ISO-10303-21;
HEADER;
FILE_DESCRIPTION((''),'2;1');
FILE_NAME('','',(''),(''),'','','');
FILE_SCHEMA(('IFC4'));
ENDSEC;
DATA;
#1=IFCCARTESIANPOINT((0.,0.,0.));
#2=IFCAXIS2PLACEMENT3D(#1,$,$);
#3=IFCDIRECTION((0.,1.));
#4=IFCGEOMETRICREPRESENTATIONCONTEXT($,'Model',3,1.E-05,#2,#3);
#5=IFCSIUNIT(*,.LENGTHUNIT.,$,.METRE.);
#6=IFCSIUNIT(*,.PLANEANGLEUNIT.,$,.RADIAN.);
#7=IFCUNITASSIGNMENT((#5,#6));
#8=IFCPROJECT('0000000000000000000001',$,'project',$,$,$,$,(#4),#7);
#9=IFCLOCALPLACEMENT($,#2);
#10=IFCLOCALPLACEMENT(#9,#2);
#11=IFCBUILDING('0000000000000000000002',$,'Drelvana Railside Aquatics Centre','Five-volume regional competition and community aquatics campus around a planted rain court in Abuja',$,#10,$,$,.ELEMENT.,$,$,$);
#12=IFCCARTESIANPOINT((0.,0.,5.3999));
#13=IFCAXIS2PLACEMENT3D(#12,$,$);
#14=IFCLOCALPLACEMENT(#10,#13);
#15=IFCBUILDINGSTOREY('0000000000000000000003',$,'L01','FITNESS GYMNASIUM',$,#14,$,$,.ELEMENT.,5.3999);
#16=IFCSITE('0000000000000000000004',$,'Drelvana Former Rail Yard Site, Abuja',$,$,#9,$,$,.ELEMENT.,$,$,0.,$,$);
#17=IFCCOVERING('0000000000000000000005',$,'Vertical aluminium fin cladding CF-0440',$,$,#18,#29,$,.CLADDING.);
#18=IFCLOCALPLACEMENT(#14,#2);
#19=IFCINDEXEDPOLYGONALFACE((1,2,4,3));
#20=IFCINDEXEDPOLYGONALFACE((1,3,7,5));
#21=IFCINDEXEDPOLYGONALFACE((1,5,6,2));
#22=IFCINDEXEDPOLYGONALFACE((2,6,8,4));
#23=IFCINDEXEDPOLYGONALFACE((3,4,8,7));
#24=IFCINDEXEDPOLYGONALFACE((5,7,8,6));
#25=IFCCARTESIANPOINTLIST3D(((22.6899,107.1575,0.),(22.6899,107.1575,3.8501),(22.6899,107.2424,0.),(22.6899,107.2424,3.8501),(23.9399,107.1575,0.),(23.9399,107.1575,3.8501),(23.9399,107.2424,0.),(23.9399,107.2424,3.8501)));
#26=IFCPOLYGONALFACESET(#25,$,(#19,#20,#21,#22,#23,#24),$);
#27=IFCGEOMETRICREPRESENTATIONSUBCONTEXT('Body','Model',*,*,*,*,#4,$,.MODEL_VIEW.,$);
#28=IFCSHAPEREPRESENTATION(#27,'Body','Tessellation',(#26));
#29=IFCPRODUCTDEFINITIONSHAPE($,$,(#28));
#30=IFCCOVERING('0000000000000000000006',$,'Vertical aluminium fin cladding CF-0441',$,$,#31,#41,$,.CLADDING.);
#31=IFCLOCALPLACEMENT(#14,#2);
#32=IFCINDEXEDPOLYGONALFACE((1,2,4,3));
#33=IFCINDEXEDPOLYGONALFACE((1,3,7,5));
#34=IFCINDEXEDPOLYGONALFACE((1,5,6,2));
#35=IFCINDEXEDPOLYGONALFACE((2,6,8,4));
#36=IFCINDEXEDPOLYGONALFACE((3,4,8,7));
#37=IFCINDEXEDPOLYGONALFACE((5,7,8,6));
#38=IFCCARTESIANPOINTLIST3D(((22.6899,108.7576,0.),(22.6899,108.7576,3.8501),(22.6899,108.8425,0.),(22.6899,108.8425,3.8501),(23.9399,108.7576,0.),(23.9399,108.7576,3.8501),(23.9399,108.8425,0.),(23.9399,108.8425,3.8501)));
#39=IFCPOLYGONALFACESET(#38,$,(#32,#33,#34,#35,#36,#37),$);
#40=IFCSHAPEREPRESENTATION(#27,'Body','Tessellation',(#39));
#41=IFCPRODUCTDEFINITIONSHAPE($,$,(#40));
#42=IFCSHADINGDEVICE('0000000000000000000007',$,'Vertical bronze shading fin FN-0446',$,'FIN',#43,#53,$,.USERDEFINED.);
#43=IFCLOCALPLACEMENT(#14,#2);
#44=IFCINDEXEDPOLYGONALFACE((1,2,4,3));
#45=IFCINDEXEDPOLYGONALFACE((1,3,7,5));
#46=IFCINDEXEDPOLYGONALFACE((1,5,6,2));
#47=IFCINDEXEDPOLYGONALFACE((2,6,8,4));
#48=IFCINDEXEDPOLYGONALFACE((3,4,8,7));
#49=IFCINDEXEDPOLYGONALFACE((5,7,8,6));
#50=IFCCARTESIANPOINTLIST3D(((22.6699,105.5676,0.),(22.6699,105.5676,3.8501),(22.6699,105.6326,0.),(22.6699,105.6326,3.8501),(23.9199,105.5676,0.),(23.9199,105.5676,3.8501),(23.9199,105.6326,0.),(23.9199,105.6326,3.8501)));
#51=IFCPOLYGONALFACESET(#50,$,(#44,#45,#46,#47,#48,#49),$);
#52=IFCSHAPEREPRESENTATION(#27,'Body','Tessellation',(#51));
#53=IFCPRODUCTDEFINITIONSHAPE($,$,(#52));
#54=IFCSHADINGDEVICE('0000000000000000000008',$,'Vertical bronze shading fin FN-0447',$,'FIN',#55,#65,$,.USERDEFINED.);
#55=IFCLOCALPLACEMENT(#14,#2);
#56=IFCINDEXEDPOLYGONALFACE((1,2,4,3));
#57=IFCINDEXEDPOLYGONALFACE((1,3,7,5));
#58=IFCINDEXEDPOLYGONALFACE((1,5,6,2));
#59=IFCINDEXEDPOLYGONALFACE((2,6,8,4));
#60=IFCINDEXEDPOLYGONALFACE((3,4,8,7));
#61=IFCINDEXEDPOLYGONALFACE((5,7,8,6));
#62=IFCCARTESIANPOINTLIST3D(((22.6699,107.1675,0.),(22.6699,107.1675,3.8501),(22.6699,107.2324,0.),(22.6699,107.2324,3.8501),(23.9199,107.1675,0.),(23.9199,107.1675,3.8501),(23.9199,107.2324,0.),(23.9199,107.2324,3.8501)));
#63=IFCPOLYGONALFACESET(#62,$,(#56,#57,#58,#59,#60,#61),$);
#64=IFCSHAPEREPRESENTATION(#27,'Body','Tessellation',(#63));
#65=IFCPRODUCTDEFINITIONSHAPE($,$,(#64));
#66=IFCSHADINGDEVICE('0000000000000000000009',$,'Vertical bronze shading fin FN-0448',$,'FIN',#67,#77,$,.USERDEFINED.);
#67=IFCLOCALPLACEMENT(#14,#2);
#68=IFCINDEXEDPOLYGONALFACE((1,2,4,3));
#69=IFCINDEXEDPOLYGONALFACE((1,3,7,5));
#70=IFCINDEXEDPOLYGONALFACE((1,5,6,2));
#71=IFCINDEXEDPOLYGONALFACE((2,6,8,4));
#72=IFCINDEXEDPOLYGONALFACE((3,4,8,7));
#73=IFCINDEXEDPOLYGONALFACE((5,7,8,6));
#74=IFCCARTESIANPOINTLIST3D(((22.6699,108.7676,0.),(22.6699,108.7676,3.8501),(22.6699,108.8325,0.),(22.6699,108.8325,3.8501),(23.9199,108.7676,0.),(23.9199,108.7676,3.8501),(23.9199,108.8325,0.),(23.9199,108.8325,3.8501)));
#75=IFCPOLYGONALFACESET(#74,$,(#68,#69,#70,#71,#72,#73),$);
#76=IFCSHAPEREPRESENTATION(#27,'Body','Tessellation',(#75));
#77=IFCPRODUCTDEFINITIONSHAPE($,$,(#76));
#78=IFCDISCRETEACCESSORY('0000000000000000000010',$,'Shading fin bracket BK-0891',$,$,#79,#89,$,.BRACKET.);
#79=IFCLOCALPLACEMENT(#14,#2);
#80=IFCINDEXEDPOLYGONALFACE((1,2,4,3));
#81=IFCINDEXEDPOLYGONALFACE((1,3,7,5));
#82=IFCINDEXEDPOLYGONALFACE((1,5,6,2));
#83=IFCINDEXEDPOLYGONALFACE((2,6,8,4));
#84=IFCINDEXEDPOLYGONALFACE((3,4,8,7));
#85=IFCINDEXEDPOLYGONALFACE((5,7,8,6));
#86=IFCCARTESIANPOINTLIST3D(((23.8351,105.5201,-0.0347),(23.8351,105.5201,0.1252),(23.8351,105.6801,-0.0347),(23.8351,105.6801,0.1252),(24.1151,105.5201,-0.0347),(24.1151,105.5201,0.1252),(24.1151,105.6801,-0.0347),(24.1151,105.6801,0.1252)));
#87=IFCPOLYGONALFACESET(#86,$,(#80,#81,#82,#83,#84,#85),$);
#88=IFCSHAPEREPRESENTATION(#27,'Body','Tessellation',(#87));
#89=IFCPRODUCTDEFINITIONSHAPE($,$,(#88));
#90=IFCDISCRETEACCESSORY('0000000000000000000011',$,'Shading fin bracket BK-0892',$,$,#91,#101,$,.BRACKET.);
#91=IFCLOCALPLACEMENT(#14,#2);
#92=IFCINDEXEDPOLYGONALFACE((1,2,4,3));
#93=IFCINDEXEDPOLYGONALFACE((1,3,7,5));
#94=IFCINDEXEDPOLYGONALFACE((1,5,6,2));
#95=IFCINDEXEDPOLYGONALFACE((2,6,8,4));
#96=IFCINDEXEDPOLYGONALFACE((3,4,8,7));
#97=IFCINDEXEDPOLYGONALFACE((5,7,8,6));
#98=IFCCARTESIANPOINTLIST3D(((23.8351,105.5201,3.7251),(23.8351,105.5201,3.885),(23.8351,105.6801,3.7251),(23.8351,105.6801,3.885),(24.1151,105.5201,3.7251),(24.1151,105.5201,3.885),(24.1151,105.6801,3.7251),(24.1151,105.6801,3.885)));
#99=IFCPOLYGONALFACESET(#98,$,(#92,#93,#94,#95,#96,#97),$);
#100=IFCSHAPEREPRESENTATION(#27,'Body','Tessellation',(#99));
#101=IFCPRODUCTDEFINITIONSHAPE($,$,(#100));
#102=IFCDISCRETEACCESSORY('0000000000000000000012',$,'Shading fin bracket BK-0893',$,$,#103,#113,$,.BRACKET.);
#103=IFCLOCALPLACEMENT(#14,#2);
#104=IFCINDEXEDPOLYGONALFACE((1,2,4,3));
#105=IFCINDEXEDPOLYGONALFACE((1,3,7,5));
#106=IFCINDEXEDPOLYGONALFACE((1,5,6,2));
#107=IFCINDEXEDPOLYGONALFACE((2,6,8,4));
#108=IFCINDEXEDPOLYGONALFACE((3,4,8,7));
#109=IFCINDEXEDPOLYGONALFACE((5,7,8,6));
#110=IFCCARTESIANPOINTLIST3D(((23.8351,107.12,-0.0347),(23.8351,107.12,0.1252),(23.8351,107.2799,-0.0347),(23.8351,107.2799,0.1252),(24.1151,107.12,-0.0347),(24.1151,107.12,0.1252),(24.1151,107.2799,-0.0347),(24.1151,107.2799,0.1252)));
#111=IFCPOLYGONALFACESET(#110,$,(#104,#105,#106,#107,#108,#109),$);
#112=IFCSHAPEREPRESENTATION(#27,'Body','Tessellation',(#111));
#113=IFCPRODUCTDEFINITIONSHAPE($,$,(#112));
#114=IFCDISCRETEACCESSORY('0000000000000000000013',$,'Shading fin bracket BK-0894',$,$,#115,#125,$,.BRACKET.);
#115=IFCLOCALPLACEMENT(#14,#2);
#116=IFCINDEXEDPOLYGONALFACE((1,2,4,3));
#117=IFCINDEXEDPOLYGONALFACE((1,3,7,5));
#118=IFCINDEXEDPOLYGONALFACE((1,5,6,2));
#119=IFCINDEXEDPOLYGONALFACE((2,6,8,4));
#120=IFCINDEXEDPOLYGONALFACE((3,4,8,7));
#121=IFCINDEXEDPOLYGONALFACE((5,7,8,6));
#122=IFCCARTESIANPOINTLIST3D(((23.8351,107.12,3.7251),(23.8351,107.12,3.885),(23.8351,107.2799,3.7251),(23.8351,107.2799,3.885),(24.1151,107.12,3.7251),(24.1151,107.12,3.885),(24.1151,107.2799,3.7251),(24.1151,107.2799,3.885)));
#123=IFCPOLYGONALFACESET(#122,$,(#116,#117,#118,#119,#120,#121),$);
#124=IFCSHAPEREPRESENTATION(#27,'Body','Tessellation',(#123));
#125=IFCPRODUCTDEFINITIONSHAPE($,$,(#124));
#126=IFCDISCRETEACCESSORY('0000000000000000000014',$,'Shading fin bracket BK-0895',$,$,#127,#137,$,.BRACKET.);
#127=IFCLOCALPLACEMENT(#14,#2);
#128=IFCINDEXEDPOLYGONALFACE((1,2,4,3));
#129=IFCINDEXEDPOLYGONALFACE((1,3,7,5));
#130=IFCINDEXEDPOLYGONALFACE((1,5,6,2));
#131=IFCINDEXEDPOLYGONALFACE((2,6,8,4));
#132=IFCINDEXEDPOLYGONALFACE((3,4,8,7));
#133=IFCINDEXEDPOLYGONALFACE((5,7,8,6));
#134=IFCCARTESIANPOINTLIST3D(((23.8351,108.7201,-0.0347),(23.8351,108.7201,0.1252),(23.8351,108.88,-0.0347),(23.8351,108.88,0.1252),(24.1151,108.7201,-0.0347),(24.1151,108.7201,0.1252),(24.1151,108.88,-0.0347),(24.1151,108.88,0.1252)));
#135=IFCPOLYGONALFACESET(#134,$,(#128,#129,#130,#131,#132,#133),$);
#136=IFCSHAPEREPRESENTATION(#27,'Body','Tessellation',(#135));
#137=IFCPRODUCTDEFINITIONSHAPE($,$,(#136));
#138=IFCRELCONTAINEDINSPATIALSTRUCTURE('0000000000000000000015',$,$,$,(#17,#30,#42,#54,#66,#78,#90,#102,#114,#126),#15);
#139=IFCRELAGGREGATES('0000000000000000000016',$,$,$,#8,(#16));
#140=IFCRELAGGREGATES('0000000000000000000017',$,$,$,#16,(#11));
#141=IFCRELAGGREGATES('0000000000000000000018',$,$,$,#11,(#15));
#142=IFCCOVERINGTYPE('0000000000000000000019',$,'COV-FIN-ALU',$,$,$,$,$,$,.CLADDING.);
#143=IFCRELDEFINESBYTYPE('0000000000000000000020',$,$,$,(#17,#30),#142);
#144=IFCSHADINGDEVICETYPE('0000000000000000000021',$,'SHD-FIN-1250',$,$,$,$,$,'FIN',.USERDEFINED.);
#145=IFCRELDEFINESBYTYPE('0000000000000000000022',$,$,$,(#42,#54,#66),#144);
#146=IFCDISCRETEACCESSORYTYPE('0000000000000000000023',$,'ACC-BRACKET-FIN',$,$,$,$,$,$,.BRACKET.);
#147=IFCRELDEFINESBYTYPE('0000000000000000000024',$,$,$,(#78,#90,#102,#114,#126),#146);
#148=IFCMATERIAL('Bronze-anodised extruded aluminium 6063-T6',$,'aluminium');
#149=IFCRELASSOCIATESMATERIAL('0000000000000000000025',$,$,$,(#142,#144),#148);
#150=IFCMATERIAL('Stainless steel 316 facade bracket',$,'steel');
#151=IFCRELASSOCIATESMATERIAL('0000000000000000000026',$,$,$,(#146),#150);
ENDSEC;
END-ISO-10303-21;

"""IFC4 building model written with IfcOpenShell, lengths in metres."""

from ifc_helpers import new_model, si_unit, direction, frame, origin, origin_2d, place, context, subcontext, project, spatial, rectangle, extrude, material, type_object, element, save


model = new_model("IFC4")

# Units and contexts
model_context = context("Model", 3, precision=1e-05, world=origin(), true_north=direction((0.0, 1.0)))
body_context = subcontext(model_context, "Body", "Model", "MODEL_VIEW")
ifc_project = project(units=[si_unit("LENGTHUNIT", "METRE"), si_unit("PLANEANGLEUNIT", "RADIAN")], contexts=[model_context])

# Site, building, storey
site_placement = place(None, origin())
site = spatial("IfcSite", under=ifc_project, at=site_placement, Name="Drelvana Former Rail Yard Site, Abuja", CompositionType="ELEMENT", RefElevation=0.0)
building_placement = place(site_placement, origin())
building = spatial("IfcBuilding", under=site, at=building_placement, Name="Drelvana Railside Aquatics Centre", Description="Five-volume regional competition and community aquatics campus around a planted rain court in Abuja", CompositionType="ELEMENT")
storey_placement = place(building_placement, frame((0.0, 0.0, 5.3999)))
storey = spatial("IfcBuildingStorey", under=building, at=storey_placement, Name="L01", Description="FITNESS GYMNASIUM", CompositionType="ELEMENT", Elevation=5.3999)

# Coverings
ifc_material_1 = material(Name="Bronze-anodised extruded aluminium 6063-T6", Category="aluminium")
covering_type = type_object("IfcCoveringType", Name="COV-FIN-ALU", PredefinedType="CLADDING", material=ifc_material_1)
for number, where, z_axis, x_axis, name in (
    (1, (23.3149, 107.2, 0.0), (0.0, 0.0, 1.0), (0.0, 1.0, 0.0), "Vertical aluminium fin cladding CF-0440"),
    (2, (23.3149, 108.8, 0.0), (0.0, 0.0, 1.0), (0.0, 1.0, 0.0), "Vertical aluminium fin cladding CF-0441"),
):
    element("IfcCovering", number, at=place(storey_placement, frame(where, z_axis=z_axis, x_axis=x_axis)), inside=storey, type_object=covering_type, Name=name, PredefinedType="CLADDING", context=body_context, shape_type="SweptSolid", body=[
        extrude(rectangle(XDim=0.085, YDim=1.25, at=origin_2d()), origin(), (0.0, 0.0, 1.0), 3.8501),
    ])

# Shading devices
shading_device_type = type_object("IfcShadingDeviceType", Name="SHD-FIN-1250", ElementType="FIN", PredefinedType="USERDEFINED", material=ifc_material_1)
for number, where, z_axis, x_axis, name in (
    (3, (23.2949, 105.6001, 0.0), (0.0, 0.0, 1.0), (-1.0, 0.0, 0.0), "Vertical bronze shading fin FN-0446"),
    (4, (23.2949, 107.2, 0.0), (0.0, 0.0, 1.0), (-1.0, 0.0, 0.0), "Vertical bronze shading fin FN-0447"),
    (5, (23.2949, 108.8, 0.0), (0.0, 0.0, 1.0), (-1.0, 0.0, 0.0), "Vertical bronze shading fin FN-0448"),
):
    element("IfcShadingDevice", number, at=place(storey_placement, frame(where, z_axis=z_axis, x_axis=x_axis)), inside=storey, type_object=shading_device_type, Name=name, ObjectType="FIN", PredefinedType="USERDEFINED", context=body_context, shape_type="SweptSolid", body=[
        extrude(rectangle(XDim=1.25, YDim=0.0649, at=origin_2d()), origin(), (0.0, 0.0, 1.0), 3.8501),
    ])

# Discrete accessories
ifc_material_2 = material(Name="Stainless steel 316 facade bracket", Category="steel")
discrete_accessory_type = type_object("IfcDiscreteAccessoryType", Name="ACC-BRACKET-FIN", PredefinedType="BRACKET", material=ifc_material_2)
for number, where, z_axis, x_axis, name in (
    (6, (23.9751, 105.6001, -0.0347), (0.0, 0.0, 1.0), (-1.0, 0.0, 0.0), "Shading fin bracket BK-0891"),
    (7, (23.9751, 105.6001, 3.7251), (0.0, 0.0, 1.0), (-1.0, 0.0, 0.0), "Shading fin bracket BK-0892"),
    (8, (23.9751, 107.2, -0.0347), (0.0, 0.0, 1.0), (-1.0, 0.0, 0.0), "Shading fin bracket BK-0893"),
    (9, (23.9751, 107.2, 3.7251), (0.0, 0.0, 1.0), (-1.0, 0.0, 0.0), "Shading fin bracket BK-0894"),
    (10, (23.9751, 108.8, -0.0347), (0.0, 0.0, 1.0), (-1.0, 0.0, 0.0), "Shading fin bracket BK-0895"),
):
    element("IfcDiscreteAccessory", number, at=place(storey_placement, frame(where, z_axis=z_axis, x_axis=x_axis)), inside=storey, type_object=discrete_accessory_type, Name=name, PredefinedType="BRACKET", context=body_context, shape_type="SweptSolid", body=[
        extrude(rectangle(XDim=0.28, YDim=0.1599, at=origin_2d()), origin(), (0.0, 0.0, 1.0), 0.1599),
    ])

save(model, "model.ifc")
